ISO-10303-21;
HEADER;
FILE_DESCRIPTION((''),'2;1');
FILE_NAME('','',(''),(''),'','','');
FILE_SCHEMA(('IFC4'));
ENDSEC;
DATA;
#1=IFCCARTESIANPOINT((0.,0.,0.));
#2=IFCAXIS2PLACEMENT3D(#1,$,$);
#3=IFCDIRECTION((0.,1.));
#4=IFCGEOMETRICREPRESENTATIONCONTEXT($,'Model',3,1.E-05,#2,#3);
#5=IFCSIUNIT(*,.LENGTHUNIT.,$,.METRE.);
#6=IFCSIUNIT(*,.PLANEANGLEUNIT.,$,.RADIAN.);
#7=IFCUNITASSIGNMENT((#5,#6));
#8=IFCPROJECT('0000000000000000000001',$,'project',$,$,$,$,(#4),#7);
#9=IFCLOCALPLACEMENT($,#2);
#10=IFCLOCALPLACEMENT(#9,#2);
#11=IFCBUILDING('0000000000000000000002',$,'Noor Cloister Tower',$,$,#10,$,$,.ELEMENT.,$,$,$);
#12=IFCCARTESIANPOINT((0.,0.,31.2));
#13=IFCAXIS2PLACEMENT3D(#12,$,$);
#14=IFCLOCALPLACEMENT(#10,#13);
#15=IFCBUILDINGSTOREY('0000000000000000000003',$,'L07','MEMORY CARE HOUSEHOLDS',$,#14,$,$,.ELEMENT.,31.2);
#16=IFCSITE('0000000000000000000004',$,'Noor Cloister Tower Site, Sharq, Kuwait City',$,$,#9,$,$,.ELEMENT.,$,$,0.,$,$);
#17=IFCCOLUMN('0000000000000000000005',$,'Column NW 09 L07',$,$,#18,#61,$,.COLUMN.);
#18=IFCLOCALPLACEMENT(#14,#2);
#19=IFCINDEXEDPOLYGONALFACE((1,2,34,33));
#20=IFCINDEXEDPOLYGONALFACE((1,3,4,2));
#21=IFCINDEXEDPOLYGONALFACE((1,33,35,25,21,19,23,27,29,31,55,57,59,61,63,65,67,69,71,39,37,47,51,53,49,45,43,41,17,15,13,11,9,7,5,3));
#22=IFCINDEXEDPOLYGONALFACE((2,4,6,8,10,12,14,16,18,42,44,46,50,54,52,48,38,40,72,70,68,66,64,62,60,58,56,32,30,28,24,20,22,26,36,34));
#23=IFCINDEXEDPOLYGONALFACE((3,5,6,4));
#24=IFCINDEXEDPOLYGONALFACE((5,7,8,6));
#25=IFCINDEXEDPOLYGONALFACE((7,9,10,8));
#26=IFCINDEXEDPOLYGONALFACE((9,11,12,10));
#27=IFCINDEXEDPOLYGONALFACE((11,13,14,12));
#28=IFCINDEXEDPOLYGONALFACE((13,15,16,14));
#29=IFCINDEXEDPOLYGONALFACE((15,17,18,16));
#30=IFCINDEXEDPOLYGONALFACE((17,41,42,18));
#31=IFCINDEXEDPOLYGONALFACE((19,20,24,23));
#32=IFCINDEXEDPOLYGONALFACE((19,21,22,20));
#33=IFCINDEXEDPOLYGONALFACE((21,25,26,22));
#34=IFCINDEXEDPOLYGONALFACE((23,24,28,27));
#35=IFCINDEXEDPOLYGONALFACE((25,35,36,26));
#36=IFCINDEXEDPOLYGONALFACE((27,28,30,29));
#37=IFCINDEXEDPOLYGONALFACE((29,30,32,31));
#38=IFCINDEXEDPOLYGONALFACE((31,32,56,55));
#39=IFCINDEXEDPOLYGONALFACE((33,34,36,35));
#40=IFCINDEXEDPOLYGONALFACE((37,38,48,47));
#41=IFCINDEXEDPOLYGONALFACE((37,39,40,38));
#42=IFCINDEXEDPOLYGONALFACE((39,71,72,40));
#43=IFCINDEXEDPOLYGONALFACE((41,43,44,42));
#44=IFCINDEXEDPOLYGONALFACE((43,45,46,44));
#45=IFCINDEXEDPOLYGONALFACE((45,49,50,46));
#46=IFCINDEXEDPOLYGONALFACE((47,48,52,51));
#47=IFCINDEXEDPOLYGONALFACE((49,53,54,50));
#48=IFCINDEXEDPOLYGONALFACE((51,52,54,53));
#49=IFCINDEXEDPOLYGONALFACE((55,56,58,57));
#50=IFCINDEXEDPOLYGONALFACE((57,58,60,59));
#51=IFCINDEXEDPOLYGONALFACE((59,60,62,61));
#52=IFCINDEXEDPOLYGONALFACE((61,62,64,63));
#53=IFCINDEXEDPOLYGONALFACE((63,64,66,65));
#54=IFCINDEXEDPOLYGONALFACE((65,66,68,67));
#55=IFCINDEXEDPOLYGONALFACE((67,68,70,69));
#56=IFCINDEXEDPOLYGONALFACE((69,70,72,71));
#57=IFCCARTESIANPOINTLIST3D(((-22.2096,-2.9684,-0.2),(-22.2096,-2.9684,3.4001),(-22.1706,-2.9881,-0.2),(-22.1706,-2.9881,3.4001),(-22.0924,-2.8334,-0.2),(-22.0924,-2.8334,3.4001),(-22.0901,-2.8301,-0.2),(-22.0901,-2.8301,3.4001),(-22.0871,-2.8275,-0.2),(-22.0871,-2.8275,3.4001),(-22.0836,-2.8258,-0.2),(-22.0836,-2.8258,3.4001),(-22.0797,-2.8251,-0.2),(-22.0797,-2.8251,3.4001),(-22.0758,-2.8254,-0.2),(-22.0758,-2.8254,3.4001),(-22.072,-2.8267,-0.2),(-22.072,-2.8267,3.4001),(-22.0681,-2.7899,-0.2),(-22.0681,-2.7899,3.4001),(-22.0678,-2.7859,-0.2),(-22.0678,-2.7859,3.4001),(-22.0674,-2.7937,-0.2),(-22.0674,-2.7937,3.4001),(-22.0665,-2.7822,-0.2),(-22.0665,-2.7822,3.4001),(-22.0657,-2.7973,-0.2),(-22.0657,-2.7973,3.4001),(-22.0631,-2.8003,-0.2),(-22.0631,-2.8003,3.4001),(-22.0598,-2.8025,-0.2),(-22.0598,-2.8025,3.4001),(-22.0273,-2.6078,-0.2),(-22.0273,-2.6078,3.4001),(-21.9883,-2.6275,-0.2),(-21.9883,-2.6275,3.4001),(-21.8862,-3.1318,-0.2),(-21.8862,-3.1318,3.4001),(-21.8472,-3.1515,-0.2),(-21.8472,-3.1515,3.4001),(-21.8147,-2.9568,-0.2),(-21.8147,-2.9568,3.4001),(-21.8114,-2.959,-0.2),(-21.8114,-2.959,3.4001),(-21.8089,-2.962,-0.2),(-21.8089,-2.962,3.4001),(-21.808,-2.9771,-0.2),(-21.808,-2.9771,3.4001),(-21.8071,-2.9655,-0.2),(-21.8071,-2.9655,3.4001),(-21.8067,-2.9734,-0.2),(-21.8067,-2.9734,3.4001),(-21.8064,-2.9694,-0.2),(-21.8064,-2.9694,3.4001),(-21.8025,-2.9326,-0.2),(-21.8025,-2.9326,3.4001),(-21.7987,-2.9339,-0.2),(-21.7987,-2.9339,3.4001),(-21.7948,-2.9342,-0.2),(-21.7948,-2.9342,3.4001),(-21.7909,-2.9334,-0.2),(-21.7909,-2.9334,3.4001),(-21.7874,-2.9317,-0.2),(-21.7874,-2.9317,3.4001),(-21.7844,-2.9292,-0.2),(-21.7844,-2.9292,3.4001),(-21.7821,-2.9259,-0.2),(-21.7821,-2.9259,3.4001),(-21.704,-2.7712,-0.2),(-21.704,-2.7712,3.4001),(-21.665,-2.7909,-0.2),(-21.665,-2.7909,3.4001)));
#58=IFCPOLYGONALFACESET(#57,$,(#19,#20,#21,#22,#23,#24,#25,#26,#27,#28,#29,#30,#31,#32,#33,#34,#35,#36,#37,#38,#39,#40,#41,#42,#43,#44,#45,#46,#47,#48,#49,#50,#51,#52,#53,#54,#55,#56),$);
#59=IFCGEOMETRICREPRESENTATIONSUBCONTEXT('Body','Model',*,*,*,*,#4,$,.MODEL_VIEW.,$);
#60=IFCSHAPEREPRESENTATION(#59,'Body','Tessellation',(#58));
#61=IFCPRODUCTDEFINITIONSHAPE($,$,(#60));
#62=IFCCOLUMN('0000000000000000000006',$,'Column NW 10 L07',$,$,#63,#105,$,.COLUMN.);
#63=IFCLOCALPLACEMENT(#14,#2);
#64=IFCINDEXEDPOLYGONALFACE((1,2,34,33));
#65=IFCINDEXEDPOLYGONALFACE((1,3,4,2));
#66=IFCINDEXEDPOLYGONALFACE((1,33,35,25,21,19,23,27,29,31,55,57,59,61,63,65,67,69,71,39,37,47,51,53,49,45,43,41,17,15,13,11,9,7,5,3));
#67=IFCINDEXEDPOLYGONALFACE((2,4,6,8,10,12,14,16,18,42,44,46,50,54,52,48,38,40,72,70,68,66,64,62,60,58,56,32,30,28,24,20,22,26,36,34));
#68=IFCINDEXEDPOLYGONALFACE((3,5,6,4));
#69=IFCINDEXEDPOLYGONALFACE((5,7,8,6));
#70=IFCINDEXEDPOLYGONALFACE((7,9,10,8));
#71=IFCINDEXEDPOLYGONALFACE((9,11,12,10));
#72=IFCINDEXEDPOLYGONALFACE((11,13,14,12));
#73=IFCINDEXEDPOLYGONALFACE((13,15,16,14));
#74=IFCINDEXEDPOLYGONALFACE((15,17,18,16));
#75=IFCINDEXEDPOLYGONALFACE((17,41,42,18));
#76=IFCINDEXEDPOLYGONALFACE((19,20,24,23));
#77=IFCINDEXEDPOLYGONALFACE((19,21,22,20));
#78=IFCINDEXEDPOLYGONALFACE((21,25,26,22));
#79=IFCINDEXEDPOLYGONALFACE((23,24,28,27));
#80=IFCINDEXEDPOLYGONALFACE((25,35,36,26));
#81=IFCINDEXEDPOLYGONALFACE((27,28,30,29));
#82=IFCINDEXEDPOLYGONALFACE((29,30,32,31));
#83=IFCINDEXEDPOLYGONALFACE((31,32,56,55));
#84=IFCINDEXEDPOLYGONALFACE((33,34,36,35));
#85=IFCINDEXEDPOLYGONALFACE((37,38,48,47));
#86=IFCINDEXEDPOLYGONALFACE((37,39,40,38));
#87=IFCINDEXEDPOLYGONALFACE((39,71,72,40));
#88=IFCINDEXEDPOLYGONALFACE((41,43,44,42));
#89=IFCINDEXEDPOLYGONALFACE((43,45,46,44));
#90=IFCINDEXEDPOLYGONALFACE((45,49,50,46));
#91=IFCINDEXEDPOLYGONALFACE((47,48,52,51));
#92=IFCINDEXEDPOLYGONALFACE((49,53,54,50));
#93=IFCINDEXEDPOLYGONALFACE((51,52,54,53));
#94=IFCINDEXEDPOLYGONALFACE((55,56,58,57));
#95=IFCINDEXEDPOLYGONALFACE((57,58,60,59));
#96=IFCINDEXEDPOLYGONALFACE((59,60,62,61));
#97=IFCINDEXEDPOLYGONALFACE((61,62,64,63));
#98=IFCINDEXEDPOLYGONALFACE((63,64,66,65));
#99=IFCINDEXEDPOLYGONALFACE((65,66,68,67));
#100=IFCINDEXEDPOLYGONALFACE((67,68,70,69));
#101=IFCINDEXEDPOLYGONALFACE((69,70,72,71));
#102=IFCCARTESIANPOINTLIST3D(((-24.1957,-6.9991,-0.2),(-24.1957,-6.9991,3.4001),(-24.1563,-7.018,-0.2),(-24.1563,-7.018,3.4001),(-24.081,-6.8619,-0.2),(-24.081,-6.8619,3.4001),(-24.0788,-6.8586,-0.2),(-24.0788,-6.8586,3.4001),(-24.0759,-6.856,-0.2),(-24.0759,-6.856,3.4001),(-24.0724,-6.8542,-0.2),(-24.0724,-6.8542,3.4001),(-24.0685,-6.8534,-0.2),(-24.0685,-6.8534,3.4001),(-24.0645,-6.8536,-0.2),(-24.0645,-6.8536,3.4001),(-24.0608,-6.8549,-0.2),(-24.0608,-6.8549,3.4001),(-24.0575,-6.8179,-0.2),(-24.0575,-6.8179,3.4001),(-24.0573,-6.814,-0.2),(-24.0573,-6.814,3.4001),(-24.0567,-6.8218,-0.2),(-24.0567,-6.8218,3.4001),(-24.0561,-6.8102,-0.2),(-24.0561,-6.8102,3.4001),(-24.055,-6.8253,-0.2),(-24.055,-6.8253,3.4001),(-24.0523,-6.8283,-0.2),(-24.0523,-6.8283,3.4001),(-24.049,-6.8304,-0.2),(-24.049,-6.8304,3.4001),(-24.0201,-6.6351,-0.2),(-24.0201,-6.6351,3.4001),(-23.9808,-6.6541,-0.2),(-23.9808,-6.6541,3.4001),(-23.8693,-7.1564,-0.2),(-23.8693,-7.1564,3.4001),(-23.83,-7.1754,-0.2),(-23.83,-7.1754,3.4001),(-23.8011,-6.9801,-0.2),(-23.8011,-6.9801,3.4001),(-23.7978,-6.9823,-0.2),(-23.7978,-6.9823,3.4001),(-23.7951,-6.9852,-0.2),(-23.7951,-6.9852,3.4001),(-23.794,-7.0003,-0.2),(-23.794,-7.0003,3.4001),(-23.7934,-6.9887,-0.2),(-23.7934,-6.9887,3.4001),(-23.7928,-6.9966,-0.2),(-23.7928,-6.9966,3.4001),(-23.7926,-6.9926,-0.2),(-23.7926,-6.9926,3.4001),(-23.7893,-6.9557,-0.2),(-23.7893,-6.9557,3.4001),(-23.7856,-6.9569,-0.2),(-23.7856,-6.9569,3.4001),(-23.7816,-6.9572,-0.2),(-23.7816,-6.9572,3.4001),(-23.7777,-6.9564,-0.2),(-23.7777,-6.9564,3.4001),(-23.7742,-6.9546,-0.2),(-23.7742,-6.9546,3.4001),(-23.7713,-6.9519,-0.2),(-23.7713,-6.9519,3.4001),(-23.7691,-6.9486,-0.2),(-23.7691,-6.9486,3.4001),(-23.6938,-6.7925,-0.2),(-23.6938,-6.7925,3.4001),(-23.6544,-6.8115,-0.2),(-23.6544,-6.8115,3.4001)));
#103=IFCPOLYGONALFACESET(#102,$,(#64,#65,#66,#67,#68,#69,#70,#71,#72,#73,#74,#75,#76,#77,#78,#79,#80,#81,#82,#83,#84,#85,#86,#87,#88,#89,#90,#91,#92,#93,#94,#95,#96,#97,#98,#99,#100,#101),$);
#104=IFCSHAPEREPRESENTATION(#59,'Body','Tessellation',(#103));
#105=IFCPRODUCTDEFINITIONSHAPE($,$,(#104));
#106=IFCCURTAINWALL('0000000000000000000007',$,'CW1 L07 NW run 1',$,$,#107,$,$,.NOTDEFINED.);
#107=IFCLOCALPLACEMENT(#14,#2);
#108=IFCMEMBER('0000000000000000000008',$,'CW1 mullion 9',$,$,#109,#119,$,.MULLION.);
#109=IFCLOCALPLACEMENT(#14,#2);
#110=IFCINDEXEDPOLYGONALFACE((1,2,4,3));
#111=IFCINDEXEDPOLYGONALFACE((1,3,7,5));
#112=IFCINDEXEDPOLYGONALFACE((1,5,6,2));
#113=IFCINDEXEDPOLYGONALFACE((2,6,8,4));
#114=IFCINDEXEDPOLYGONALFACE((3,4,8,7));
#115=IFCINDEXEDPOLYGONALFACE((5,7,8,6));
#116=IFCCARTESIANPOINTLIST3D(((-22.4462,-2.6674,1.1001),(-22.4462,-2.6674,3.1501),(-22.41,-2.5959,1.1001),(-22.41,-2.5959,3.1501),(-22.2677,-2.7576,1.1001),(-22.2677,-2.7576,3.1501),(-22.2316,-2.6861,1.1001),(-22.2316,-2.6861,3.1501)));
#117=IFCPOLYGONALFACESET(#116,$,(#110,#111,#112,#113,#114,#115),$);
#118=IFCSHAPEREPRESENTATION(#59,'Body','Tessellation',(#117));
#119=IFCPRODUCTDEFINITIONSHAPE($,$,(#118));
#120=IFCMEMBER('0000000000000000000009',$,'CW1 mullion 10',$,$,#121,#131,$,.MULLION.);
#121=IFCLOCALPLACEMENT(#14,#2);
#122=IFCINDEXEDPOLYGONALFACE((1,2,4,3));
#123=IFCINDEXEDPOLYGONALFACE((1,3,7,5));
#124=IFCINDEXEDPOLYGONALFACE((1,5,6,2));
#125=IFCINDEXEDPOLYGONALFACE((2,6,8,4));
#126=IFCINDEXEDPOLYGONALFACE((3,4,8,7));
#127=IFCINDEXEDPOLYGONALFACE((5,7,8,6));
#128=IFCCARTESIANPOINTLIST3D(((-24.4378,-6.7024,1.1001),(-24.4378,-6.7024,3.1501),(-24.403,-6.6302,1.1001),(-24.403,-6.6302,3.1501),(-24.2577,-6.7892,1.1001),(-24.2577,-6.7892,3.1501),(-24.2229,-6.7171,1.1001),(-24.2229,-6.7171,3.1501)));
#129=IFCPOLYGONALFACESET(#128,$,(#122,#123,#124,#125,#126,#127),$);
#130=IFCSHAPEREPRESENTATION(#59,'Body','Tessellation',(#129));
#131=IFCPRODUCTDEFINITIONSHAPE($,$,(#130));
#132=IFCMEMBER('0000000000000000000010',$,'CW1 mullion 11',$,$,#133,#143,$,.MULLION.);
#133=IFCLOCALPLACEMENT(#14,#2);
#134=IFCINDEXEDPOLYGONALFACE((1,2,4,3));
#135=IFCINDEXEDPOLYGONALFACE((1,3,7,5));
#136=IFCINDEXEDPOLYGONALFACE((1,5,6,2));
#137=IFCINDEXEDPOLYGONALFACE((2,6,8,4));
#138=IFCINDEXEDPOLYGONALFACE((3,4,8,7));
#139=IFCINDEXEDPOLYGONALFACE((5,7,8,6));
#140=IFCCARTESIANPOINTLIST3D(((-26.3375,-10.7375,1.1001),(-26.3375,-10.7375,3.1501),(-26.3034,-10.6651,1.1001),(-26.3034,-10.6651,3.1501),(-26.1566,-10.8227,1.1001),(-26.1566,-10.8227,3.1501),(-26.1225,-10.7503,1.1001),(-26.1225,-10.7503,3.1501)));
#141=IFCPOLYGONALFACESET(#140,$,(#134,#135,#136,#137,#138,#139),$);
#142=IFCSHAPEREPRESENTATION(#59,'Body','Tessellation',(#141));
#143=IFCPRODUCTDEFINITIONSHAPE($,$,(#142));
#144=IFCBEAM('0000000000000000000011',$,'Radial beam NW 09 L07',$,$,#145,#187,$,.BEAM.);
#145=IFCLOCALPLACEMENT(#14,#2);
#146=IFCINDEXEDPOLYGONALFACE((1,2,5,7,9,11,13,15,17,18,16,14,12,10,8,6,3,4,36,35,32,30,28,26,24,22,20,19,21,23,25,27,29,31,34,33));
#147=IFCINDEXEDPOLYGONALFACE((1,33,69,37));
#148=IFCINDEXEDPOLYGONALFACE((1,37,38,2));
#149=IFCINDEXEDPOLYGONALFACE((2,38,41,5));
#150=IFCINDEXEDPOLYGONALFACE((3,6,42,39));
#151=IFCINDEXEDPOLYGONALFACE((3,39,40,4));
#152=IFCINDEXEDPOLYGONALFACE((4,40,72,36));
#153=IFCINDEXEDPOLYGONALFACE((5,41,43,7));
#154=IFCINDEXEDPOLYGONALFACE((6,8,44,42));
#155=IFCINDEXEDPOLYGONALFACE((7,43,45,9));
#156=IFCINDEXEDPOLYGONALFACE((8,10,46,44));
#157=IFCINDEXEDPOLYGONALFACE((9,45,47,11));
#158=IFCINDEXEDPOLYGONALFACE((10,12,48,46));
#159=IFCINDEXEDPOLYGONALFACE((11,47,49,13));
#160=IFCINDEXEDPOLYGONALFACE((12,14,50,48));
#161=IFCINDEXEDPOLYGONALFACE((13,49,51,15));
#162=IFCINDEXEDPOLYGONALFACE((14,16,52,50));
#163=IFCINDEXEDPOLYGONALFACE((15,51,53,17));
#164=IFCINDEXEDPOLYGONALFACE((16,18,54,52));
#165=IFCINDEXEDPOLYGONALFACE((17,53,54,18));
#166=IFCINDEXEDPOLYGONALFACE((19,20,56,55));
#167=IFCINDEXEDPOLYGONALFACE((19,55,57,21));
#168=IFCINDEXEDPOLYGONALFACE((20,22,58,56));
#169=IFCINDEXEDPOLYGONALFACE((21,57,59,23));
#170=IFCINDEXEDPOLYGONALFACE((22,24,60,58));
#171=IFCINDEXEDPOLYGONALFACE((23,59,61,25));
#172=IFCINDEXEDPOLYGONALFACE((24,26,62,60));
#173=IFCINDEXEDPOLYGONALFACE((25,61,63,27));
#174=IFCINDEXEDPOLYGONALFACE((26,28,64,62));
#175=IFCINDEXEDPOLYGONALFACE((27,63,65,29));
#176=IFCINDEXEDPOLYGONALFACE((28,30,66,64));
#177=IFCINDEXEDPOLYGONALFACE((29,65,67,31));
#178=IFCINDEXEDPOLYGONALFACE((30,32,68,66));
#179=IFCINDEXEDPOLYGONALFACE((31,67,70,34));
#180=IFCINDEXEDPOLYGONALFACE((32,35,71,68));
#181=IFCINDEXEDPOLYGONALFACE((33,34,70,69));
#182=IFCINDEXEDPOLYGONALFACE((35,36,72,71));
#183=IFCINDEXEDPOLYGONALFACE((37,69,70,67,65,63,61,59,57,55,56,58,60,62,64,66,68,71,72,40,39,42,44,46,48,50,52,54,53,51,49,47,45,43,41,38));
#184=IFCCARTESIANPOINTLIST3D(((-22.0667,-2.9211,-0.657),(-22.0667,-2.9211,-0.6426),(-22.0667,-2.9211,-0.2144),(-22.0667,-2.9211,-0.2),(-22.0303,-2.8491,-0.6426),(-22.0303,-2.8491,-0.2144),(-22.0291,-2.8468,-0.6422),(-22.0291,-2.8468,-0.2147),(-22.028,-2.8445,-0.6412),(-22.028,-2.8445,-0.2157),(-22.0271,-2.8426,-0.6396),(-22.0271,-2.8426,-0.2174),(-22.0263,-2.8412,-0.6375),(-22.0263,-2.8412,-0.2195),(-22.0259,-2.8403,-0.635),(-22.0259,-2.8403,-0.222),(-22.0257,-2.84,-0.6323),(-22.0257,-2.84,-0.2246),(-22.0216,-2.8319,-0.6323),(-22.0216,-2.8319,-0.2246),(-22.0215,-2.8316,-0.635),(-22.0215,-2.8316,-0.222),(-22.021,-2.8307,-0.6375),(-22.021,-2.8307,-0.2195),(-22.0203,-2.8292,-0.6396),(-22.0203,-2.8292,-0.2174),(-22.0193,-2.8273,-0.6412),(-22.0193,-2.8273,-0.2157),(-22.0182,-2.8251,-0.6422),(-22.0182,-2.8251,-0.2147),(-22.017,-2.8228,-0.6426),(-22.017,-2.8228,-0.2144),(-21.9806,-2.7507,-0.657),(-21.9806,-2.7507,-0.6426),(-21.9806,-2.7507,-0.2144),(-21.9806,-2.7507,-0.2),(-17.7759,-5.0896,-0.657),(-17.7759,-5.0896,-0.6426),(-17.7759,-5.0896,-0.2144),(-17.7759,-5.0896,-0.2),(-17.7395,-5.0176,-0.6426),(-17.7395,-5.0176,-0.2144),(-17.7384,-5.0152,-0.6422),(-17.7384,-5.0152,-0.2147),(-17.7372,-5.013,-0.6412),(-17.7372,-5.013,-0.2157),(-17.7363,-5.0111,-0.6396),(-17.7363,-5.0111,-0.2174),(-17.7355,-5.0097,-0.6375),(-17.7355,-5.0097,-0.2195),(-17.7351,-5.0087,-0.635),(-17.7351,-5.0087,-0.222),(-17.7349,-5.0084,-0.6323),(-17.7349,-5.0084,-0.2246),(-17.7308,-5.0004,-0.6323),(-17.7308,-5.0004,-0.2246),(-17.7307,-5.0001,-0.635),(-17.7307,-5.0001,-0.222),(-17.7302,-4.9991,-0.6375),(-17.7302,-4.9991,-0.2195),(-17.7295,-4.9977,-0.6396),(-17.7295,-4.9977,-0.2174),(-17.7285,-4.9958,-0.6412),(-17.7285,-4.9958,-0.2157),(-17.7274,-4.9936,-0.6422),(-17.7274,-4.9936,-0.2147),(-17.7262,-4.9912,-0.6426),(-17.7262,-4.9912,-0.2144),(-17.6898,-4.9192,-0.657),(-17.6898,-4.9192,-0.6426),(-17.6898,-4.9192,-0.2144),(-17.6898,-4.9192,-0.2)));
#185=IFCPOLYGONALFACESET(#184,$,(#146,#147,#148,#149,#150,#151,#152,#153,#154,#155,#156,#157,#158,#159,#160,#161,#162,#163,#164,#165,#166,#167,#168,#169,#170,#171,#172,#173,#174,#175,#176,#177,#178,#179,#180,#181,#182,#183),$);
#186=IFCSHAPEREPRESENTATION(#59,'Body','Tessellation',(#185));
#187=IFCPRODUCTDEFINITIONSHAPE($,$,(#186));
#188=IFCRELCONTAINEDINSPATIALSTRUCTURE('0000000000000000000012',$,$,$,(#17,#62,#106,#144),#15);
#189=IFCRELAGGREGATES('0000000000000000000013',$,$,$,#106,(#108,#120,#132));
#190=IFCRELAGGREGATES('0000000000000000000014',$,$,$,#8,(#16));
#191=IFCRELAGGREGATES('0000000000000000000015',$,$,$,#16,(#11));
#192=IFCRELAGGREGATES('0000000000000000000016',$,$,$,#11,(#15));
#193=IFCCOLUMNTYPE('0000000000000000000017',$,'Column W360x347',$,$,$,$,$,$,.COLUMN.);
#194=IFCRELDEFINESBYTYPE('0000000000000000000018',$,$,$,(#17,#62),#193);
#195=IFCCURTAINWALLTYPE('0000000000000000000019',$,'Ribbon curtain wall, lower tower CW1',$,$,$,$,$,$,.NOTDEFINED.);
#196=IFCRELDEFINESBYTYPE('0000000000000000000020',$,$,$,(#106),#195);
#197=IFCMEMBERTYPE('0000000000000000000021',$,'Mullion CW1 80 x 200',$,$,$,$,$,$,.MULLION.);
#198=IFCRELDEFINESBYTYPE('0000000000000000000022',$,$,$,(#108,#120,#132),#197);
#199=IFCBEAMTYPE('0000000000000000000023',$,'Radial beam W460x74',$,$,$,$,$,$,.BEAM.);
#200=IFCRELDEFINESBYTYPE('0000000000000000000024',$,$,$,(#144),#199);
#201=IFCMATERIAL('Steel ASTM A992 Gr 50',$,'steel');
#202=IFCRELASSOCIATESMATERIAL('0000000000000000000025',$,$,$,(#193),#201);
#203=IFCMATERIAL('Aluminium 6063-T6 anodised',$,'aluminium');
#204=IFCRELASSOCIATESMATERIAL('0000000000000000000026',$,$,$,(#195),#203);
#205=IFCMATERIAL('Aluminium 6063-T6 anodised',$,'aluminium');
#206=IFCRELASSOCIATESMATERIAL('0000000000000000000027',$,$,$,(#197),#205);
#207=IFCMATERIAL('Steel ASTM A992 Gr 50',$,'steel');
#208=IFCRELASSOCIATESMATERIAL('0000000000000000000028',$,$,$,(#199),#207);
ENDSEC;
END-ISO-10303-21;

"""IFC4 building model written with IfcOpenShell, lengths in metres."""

from ifc_helpers import new_model, si_unit, direction, frame, origin, origin_2d, place, context, subcontext, project, spatial, rectangle, i_section, extrude, material, material_profile, profile_set, type_object, element, aggregate, save


model = new_model("IFC4")

# Units and contexts
model_context = context("Model", 3, precision=1e-05, world=origin(), true_north=direction((0.0, 1.0)))
body_context = subcontext(model_context, "Body", "Model", "MODEL_VIEW")
ifc_project = project(units=[si_unit("LENGTHUNIT", "METRE"), si_unit("PLANEANGLEUNIT", "RADIAN")], contexts=[model_context])

# Site, building, storey
site_placement = place(None, origin())
site = spatial("IfcSite", under=ifc_project, at=site_placement, Name="Noor Cloister Tower Site, Sharq, Kuwait City", CompositionType="ELEMENT", RefElevation=0.0)
building_placement = place(site_placement, origin())
building = spatial("IfcBuilding", under=site, at=building_placement, Name="Noor Cloister Tower", CompositionType="ELEMENT")
storey_placement = place(building_placement, frame((0.0, 0.0, 31.2)))
storey = spatial("IfcBuildingStorey", under=building, at=storey_placement, Name="L07", Description="MEMORY CARE HOUSEHOLDS", CompositionType="ELEMENT", Elevation=31.2)

# Columns
ifc_material_1 = material(Name="Steel ASTM A992 Gr 50", Category="steel")
ifc_material_profile_1 = material_profile(ifc_material_1, i_section(OverallWidth=0.4041, OverallDepth=0.406, WebThickness=0.0271, FlangeThickness=0.0437, FilletRadius=0.0151, at=origin_2d()), Name="W360x347")
ifc_profile_set_1 = profile_set([ifc_material_profile_1], Name="Steel ASTM A992 Gr 50")
column_type = type_object("IfcColumnType", Name="Column W360x347", PredefinedType="COLUMN", material=ifc_profile_set_1)
for number, where, z_axis, x_axis, name in (
    (1, (-21.9373, -2.8796, -0.2), (0.0, 0.0, 1.0), (-0.451046, -0.892501, 0.0), "Column NW 09 L07"),
    (2, (-23.925, -6.9053, -0.2), (0.0, 0.0, 1.0), (-0.43441, -0.900715, 0.0), "Column NW 10 L07"),
):
    element("IfcColumn", number, at=place(storey_placement, frame(where, z_axis=z_axis, x_axis=x_axis)), inside=storey, type_object=column_type, Name=name, PredefinedType="COLUMN", context=body_context, shape_type="SweptSolid", body=[
        extrude(i_section(OverallWidth=0.4041, OverallDepth=0.406, WebThickness=0.0271, FlangeThickness=0.0437, FilletRadius=0.0151, at=origin_2d()), origin(), (0.0, 0.0, 1.0), 3.6001),
    ])

# Curtain wall, members
ifc_material_2 = material(Name="Aluminium 6063-T6 anodised", Category="aluminium")
curtain_wall_type = type_object("IfcCurtainWallType", Name="Ribbon curtain wall, lower tower CW1", PredefinedType="NOTDEFINED", material=ifc_material_2)
curtain_wall_placement = place(storey_placement, origin())
curtain_wall = element("IfcCurtainWall", 3, at=curtain_wall_placement, inside=storey, type_object=curtain_wall_type, Name="CW1 L07 NW run 1", PredefinedType="NOTDEFINED")
ifc_material_3 = material(Name="Aluminium 6063-T6 anodised", Category="aluminium")
ifc_material_profile_2 = material_profile(ifc_material_3, rectangle(XDim=0.2, YDim=0.0801, at=origin_2d()), Name="200 x 80 mullion")
ifc_profile_set_2 = profile_set([ifc_material_profile_2], Name="Aluminium 6063-T6 anodised")
member_type = type_object("IfcMemberType", Name="Mullion CW1 80 x 200", PredefinedType="MULLION", material=ifc_profile_set_2)
member_1_placement = place(storey_placement, frame((-22.3389, -2.6768, 1.1001), z_axis=(0.0, 0.0, 1.0), x_axis=(0.892501, -0.451046, 0.0)))
member_1 = element("IfcMember", 4, at=member_1_placement, type_object=member_type, Name="CW1 mullion 9", PredefinedType="MULLION", context=body_context, shape_type="SweptSolid", body=[
    extrude(rectangle(XDim=0.2, YDim=0.0801, at=origin_2d()), origin(), (0.0, 0.0, 1.0), 2.05),
])
member_2_placement = place(storey_placement, frame((-24.3303, -6.7097, 1.1001), z_axis=(0.0, 0.0, 1.0), x_axis=(0.900715, -0.43441, 0.0)))
member_2 = element("IfcMember", 5, at=member_2_placement, type_object=member_type, Name="CW1 mullion 10", PredefinedType="MULLION", context=body_context, shape_type="SweptSolid", body=[
    extrude(rectangle(XDim=0.2, YDim=0.0801, at=origin_2d()), origin(), (0.0, 0.0, 1.0), 2.05),
])
member_3_placement = place(storey_placement, frame((-26.23, -10.7439, 1.1001), z_axis=(0.0, 0.0, 1.0), x_axis=(0.904706, -0.426036, 0.0)))
member_3 = element("IfcMember", 6, at=member_3_placement, type_object=member_type, Name="CW1 mullion 11", PredefinedType="MULLION", context=body_context, shape_type="SweptSolid", body=[
    extrude(rectangle(XDim=0.2, YDim=0.0801, at=origin_2d()), origin(), (0.0, 0.0, 1.0), 2.05),
])

# Beam
ifc_material_4 = material(Name="Steel ASTM A992 Gr 50", Category="steel")
ifc_material_profile_3 = material_profile(ifc_material_4, i_section(OverallWidth=0.1909, OverallDepth=0.457, WebThickness=0.009, FlangeThickness=0.0144, FilletRadius=0.0103, at=origin_2d()), Name="W460x74")
ifc_profile_set_3 = profile_set([ifc_material_profile_3], Name="Steel ASTM A992 Gr 50")
beam_type_1 = type_object("IfcBeamType", Name="Radial beam W460x74", PredefinedType="BEAM", material=ifc_profile_set_3)
beam_1_placement = place(storey_placement, frame((-22.0237, -2.8359, -0.4285), z_axis=(0.892499, -0.451049, 0.0), x_axis=(0.451049, 0.892499, 0.0)))
element("IfcBeam", 7, at=beam_1_placement, inside=storey, type_object=beam_type_1, Name="Radial beam NW 09 L07", PredefinedType="BEAM", context=body_context, shape_type="SweptSolid", body=[
    extrude(i_section(OverallWidth=0.1909, OverallDepth=0.457, WebThickness=0.009, FlangeThickness=0.0144, FilletRadius=0.0103, at=origin_2d()), origin(), (0.0, 0.0, 1.0), 4.8076),
])

aggregate(curtain_wall, [member_1, member_2, member_3])

save(model, "model.ifc")
